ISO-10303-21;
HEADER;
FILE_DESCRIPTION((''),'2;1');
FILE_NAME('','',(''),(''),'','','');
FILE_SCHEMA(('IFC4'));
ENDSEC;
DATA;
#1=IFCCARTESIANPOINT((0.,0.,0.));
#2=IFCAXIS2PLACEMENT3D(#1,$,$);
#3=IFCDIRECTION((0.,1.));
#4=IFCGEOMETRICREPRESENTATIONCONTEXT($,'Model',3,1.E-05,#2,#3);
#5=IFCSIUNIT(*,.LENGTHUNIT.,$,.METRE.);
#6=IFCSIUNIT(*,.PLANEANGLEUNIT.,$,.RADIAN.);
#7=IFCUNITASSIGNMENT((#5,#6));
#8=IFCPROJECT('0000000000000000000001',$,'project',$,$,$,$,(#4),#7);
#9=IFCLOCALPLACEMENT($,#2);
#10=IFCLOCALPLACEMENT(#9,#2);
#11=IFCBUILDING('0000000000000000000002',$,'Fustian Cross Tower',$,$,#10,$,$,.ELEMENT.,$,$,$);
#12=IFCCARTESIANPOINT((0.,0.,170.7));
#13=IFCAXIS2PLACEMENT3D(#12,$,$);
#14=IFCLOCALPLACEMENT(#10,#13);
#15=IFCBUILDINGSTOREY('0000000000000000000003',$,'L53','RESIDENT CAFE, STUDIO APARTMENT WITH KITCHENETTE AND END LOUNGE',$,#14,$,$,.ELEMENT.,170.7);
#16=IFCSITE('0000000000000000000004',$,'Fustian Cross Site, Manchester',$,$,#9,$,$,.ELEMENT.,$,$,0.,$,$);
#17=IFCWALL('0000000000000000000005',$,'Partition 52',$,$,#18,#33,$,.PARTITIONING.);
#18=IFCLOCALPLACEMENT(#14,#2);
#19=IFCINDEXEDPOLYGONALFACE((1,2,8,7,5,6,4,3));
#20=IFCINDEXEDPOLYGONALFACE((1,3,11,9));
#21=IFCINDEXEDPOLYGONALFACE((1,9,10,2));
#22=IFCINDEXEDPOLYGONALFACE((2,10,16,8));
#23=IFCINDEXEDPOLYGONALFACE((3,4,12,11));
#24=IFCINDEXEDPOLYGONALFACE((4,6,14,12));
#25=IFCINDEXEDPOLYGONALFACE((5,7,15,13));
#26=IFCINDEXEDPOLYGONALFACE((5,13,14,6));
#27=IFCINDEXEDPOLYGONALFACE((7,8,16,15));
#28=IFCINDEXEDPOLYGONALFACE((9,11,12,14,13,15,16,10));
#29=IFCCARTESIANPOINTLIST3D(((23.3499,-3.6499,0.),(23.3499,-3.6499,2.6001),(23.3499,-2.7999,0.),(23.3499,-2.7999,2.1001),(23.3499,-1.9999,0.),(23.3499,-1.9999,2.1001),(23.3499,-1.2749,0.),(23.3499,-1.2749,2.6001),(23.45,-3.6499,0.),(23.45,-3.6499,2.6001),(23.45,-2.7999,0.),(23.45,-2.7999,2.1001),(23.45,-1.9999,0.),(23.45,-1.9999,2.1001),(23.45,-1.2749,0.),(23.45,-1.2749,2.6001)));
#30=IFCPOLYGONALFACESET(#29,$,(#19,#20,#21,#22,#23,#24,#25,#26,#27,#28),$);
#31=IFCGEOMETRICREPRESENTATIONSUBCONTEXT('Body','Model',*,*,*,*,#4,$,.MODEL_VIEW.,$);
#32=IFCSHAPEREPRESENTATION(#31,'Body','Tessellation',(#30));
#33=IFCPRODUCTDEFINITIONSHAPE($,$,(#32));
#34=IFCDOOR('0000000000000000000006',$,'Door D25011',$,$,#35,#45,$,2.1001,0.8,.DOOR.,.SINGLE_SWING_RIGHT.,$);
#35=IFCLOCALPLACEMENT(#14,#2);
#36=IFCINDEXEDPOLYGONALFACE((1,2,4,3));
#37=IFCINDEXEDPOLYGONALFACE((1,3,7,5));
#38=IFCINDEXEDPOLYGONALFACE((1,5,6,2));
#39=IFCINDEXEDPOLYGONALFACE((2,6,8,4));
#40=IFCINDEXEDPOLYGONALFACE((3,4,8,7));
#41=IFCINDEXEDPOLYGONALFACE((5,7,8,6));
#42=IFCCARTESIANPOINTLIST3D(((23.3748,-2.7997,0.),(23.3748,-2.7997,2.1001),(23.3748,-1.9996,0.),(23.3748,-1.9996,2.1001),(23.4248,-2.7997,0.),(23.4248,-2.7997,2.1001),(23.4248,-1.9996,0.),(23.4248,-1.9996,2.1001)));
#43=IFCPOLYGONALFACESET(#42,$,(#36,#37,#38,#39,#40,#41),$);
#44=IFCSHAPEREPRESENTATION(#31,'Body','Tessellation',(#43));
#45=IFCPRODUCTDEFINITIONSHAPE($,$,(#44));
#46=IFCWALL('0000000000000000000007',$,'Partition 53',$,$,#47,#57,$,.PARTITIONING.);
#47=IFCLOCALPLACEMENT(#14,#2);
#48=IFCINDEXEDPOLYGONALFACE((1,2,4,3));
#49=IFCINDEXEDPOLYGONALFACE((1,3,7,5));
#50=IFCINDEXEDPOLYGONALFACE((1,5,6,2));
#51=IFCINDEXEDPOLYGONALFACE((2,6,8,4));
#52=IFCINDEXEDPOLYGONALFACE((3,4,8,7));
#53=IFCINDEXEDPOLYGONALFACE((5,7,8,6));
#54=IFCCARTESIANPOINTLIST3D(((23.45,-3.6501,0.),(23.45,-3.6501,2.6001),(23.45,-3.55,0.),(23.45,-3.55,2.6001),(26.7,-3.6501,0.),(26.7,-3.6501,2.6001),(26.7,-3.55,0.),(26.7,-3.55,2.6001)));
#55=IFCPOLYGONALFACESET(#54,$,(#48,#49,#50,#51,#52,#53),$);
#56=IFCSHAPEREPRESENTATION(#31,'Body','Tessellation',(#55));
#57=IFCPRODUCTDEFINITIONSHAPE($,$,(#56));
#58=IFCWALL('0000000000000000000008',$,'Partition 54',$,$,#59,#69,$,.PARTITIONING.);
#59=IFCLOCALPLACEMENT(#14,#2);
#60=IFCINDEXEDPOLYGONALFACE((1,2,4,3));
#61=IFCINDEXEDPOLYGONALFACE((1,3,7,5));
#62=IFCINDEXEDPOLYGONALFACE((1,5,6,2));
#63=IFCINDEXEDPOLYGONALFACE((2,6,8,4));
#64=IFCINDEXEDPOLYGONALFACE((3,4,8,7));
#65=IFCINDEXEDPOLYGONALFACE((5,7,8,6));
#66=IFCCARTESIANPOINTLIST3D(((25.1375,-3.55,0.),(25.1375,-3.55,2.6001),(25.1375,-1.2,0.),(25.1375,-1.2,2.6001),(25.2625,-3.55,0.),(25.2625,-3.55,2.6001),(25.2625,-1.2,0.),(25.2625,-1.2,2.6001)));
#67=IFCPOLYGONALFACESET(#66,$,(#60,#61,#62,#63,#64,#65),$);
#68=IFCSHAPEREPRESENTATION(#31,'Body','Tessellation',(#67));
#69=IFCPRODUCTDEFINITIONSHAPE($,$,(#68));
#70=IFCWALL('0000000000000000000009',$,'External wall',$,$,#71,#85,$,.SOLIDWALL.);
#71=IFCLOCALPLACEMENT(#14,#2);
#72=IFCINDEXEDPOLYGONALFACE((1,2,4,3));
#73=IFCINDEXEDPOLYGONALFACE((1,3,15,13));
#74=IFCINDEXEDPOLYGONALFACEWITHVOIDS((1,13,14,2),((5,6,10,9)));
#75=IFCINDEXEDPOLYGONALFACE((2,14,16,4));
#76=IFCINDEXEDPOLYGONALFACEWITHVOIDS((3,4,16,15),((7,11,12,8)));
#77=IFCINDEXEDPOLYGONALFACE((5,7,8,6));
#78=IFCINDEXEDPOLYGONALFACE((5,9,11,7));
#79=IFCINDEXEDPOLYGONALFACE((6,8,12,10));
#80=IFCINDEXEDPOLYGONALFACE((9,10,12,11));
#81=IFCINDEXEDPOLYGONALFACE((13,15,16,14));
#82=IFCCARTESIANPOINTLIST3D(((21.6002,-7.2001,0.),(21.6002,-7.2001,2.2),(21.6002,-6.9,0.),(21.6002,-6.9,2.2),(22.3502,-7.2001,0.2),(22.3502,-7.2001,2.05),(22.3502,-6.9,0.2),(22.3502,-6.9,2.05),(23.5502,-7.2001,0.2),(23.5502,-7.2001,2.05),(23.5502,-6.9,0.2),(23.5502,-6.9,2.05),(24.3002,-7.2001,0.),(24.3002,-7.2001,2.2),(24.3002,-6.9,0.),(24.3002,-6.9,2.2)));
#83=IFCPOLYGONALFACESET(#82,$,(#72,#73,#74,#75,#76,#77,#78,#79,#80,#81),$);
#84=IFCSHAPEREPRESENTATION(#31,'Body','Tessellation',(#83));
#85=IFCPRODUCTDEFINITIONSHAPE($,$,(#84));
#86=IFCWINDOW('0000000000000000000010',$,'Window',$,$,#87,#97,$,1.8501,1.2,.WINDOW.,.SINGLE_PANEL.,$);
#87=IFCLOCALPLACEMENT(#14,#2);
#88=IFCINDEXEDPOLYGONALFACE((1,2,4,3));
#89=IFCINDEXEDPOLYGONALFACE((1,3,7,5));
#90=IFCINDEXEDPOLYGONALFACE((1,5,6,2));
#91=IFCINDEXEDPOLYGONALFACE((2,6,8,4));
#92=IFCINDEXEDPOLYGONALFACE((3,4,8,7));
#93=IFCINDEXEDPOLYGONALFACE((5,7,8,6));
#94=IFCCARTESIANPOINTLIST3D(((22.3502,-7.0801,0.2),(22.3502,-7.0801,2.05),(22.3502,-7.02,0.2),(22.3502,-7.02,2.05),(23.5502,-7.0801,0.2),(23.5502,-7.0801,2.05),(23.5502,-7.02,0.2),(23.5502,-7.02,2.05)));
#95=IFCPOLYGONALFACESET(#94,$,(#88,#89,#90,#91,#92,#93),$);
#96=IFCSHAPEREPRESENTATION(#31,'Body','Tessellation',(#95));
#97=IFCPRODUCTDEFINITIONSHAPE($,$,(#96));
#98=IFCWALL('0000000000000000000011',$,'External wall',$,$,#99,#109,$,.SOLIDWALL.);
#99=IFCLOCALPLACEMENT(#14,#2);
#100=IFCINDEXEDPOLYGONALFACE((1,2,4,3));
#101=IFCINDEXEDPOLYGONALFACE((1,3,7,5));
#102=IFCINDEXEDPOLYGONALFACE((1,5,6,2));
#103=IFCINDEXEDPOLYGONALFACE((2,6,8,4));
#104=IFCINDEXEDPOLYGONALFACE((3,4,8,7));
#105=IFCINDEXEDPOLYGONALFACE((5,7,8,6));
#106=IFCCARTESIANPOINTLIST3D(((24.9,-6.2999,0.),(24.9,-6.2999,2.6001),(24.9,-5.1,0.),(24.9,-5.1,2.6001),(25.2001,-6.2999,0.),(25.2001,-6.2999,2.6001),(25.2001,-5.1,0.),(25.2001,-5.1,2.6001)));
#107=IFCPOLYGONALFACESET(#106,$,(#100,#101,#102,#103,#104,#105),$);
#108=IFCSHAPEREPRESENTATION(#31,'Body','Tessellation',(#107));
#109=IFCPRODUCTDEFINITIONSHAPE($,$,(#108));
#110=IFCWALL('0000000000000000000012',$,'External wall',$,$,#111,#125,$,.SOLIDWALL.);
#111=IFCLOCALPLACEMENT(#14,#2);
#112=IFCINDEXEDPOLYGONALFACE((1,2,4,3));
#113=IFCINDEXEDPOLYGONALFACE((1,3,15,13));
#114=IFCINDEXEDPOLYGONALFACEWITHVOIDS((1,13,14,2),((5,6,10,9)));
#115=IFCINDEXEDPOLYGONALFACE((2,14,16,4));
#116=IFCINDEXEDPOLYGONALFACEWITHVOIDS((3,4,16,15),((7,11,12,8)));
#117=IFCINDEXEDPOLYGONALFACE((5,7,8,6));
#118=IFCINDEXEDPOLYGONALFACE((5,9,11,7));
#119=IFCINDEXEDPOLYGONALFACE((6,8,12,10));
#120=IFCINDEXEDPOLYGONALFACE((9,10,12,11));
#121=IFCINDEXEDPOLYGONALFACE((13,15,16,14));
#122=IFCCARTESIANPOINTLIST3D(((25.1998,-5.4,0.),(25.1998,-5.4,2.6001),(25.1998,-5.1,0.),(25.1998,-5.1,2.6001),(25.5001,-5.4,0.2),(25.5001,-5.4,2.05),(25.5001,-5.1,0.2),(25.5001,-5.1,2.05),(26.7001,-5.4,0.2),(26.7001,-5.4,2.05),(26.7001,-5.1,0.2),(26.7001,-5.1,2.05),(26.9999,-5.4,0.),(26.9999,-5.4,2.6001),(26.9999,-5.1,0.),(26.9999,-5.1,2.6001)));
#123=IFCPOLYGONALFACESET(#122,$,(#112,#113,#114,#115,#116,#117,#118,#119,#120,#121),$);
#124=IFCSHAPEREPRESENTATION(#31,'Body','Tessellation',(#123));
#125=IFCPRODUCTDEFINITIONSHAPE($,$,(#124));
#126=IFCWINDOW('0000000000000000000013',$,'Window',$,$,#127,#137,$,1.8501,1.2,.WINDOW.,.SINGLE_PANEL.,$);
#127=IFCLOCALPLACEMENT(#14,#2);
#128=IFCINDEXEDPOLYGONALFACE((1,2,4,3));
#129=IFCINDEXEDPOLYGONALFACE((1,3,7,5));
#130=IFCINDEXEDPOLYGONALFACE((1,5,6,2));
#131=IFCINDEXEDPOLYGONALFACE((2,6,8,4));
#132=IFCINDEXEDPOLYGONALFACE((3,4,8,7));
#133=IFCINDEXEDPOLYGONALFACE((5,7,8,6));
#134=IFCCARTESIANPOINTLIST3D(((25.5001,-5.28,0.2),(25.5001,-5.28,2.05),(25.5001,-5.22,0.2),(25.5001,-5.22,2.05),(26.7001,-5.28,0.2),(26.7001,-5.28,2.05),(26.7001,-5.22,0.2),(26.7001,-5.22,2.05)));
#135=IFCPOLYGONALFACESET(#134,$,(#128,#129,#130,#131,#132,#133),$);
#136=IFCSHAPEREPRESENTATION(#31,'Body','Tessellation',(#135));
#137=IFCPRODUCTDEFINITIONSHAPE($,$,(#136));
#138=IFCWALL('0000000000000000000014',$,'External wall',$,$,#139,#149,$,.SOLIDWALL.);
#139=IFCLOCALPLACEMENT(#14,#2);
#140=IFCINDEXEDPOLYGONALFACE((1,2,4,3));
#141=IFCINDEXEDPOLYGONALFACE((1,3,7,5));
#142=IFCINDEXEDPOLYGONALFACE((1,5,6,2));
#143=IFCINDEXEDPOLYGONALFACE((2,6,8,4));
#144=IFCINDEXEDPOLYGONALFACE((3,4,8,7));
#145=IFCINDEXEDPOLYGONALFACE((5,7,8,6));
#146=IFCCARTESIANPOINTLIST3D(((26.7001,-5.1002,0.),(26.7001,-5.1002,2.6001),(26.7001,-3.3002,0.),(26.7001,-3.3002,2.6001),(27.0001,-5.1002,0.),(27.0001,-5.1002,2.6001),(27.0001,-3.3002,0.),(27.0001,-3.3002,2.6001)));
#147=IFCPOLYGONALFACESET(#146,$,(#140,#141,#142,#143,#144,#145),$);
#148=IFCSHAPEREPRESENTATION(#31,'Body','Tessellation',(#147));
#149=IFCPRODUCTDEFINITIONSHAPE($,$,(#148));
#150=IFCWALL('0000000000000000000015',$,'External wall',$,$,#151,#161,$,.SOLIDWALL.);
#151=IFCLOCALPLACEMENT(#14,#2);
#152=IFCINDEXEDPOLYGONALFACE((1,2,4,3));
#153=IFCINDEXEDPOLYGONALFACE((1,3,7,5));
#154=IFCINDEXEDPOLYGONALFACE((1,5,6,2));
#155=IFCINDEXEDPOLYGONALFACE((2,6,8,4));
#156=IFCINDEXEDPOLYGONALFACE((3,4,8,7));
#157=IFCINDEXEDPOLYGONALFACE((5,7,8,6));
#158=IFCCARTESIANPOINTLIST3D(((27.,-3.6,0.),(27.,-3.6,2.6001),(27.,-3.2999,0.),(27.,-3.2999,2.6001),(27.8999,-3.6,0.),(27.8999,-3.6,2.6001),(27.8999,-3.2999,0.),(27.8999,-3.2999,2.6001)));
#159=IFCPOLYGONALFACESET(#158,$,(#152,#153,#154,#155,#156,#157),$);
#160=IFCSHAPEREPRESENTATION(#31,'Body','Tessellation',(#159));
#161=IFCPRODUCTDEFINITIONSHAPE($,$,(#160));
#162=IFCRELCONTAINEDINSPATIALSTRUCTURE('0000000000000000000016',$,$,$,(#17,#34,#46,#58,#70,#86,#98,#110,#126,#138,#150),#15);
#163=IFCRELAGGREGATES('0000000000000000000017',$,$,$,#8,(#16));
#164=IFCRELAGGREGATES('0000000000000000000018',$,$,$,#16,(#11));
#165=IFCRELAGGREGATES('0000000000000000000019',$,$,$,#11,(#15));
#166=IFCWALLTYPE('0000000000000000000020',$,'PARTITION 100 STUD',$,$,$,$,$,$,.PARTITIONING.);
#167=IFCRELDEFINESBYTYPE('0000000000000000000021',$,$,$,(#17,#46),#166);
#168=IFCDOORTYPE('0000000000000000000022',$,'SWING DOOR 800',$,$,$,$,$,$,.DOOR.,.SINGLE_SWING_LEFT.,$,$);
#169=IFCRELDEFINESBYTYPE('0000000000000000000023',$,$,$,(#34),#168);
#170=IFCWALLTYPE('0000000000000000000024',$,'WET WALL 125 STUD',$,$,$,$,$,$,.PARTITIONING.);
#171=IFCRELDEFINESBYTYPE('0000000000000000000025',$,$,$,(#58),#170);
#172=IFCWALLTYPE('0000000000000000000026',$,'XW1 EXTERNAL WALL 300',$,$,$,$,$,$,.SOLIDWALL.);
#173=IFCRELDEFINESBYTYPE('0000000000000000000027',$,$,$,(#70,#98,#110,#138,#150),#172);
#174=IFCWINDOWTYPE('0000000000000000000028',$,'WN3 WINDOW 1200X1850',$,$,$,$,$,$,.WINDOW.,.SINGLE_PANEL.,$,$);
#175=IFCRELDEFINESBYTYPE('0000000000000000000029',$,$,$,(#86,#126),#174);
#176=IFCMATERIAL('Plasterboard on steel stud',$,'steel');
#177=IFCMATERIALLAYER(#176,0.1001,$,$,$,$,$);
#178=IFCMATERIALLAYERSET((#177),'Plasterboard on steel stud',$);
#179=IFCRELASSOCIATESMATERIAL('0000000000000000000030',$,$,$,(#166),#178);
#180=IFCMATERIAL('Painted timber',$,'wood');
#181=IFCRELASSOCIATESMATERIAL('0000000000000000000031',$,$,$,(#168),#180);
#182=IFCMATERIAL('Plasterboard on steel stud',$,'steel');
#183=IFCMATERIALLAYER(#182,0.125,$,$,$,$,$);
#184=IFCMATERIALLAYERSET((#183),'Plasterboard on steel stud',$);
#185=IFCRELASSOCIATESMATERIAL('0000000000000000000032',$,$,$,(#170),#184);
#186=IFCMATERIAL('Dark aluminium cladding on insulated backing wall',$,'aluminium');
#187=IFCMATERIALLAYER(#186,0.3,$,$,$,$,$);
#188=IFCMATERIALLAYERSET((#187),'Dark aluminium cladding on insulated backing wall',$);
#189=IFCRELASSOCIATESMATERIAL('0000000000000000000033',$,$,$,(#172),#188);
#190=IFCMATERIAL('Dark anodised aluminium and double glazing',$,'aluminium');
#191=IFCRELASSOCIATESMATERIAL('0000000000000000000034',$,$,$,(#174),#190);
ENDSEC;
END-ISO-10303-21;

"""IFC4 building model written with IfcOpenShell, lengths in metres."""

from ifc_helpers import new_model, si_unit, direction, frame, frame_2d, origin, place, context, subcontext, project, spatial, rectangle, extrude, material, layer, layer_set, type_object, element, fill, save


model = new_model("IFC4")

# Units and contexts
model_context = context("Model", 3, precision=1e-05, world=origin(), true_north=direction((0.0, 1.0)))
body_context = subcontext(model_context, "Body", "Model", "MODEL_VIEW")
ifc_project = project(units=[si_unit("LENGTHUNIT", "METRE"), si_unit("PLANEANGLEUNIT", "RADIAN")], contexts=[model_context])

# Site, building, storey
site_placement = place(None, origin())
site = spatial("IfcSite", under=ifc_project, at=site_placement, Name="Fustian Cross Site, Manchester", CompositionType="ELEMENT", RefElevation=0.0)
building_placement = place(site_placement, origin())
building = spatial("IfcBuilding", under=site, at=building_placement, Name="Fustian Cross Tower", CompositionType="ELEMENT")
storey_placement = place(building_placement, frame((0.0, 0.0, 170.7)))
storey = spatial("IfcBuildingStorey", under=building, at=storey_placement, Name="L53", Description="RESIDENT CAFE, STUDIO APARTMENT WITH KITCHENETTE AND END LOUNGE", CompositionType="ELEMENT", Elevation=170.7)

# Wall, opening, door
ifc_material_1 = material(Name="Plasterboard on steel stud", Category="steel")
ifc_layer_1 = layer(ifc_material_1, 0.1001)
ifc_layer_set_1 = layer_set([ifc_layer_1], Name="Plasterboard on steel stud")
wall_type_1 = type_object("IfcWallType", Name="PARTITION 100 STUD", PredefinedType="PARTITIONING", material=ifc_layer_set_1)
wall_1_placement = place(storey_placement, frame((23.3999, -3.6499, 0.0), z_axis=(0.0, 0.0, 1.0), x_axis=(0.0, 1.0, 0.0)))
wall_1 = element("IfcWall", 1, at=wall_1_placement, inside=storey, type_object=wall_type_1, Name="Partition 52", PredefinedType="PARTITIONING", context=body_context, shape_type="SweptSolid", body=[
    extrude(rectangle(XDim=2.375, YDim=0.1001, at=frame_2d((1.1875, 0.0))), origin(), (0.0, 0.0, 1.0), 2.6001),
])
opening_1_placement = place(wall_1_placement, frame((0.8501, 0.0, 0.0)))
opening_1 = element("IfcOpeningElement", 2, at=opening_1_placement, cuts=wall_1, PredefinedType="OPENING", context=body_context, shape_type="SweptSolid", body=[
    extrude(rectangle(XDim=0.8, YDim=2.1001, at=frame_2d((0.3999, 1.05))), frame((0.0, 0.0601, 0.0), z_axis=(0.0, -1.0, 0.0), x_axis=(1.0, 0.0, 0.0)), (0.0, 0.0, 1.0), 0.1201),
])
ifc_material_2 = material(Name="Painted timber", Category="wood")
door_type_1 = type_object("IfcDoorType", Name="SWING DOOR 800", OperationType="SINGLE_SWING_LEFT", PredefinedType="DOOR", material=ifc_material_2)
door_1_placement = place(opening_1_placement, frame((0.8, 0.0, 0.0), z_axis=(0.0, 0.0, 1.0), x_axis=(-1.0, 0.0, 0.0)))
door_1 = element("IfcDoor", 3, at=door_1_placement, inside=storey, type_object=door_type_1, Name="Door D25011", OperationType="SINGLE_SWING_RIGHT", OverallHeight=2.1001, OverallWidth=0.8, PredefinedType="DOOR", context=body_context, shape_type="SweptSolid", body=[
    extrude(rectangle(XDim=0.8, YDim=2.1001, at=frame_2d((0.3999, 1.05))), frame((0.0, 0.0249, 0.0), z_axis=(0.0, -1.0, 0.0), x_axis=(1.0, 0.0, 0.0)), (0.0, 0.0, 1.0), 0.05),
])
fill(opening_1, door_1)

# Walls
wall_2_placement = place(storey_placement, frame((23.45, -3.6001, 0.0), z_axis=(0.0, 0.0, 1.0), x_axis=(1.0, 0.0, 0.0)))
element("IfcWall", 4, at=wall_2_placement, inside=storey, type_object=wall_type_1, Name="Partition 53", PredefinedType="PARTITIONING", context=body_context, shape_type="SweptSolid", body=[
    extrude(rectangle(XDim=3.25, YDim=0.1001, at=frame_2d((1.625, 0.0))), origin(), (0.0, 0.0, 1.0), 2.6001),
])
ifc_material_3 = material(Name="Plasterboard on steel stud", Category="steel")
ifc_layer_2 = layer(ifc_material_3, 0.125)
ifc_layer_set_2 = layer_set([ifc_layer_2], Name="Plasterboard on steel stud")
wall_type_2 = type_object("IfcWallType", Name="WET WALL 125 STUD", PredefinedType="PARTITIONING", material=ifc_layer_set_2)
wall_3_placement = place(storey_placement, frame((25.2, -3.55, 0.0), z_axis=(0.0, 0.0, 1.0), x_axis=(0.0, 1.0, 0.0)))
element("IfcWall", 5, at=wall_3_placement, inside=storey, type_object=wall_type_2, Name="Partition 54", PredefinedType="PARTITIONING", context=body_context, shape_type="SweptSolid", body=[
    extrude(rectangle(XDim=2.3501, YDim=0.125, at=frame_2d((1.175, 0.0))), origin(), (0.0, 0.0, 1.0), 2.6001),
])

# Wall, opening, window
ifc_material_4 = material(Name="Dark aluminium cladding on insulated backing wall", Category="aluminium")
ifc_layer_3 = layer(ifc_material_4, 0.3)
ifc_layer_set_3 = layer_set([ifc_layer_3], Name="Dark aluminium cladding on insulated backing wall")
wall_type_3 = type_object("IfcWallType", Name="XW1 EXTERNAL WALL 300", PredefinedType="SOLIDWALL", material=ifc_layer_set_3)
wall_4_placement = place(storey_placement, frame((21.6001, -7.05, 0.0), z_axis=(0.0, 0.0, 1.0), x_axis=(1.0, 0.0, 0.0)))
wall_4 = element("IfcWall", 6, at=wall_4_placement, inside=storey, type_object=wall_type_3, Name="External wall", PredefinedType="SOLIDWALL", context=body_context, shape_type="SweptSolid", body=[
    extrude(rectangle(XDim=2.7, YDim=0.3, at=frame_2d((1.3501, 0.0))), origin(), (0.0, 0.0, 1.0), 2.2),
])
opening_2_placement = place(wall_4_placement, frame((0.75, 0.0, 0.2)))
opening_2 = element("IfcOpeningElement", 7, at=opening_2_placement, cuts=wall_4, PredefinedType="OPENING", context=body_context, shape_type="SweptSolid", body=[
    extrude(rectangle(XDim=1.2, YDim=1.8501, at=frame_2d((0.6001, 0.925))), frame((0.0, 0.1599, 0.0), z_axis=(0.0, -1.0, 0.0), x_axis=(1.0, 0.0, 0.0)), (0.0, 0.0, 1.0), 0.3201),
])
ifc_material_5 = material(Name="Dark anodised aluminium and double glazing", Category="aluminium")
window_type_1 = type_object("IfcWindowType", Name="WN3 WINDOW 1200X1850", PartitioningType="SINGLE_PANEL", PredefinedType="WINDOW", material=ifc_material_5)
window_1_placement = place(opening_2_placement, origin())
window_1 = element("IfcWindow", 8, at=window_1_placement, inside=storey, type_object=window_type_1, Name="Window", OverallHeight=1.8501, OverallWidth=1.2, PartitioningType="SINGLE_PANEL", PredefinedType="WINDOW", context=body_context, shape_type="SweptSolid", body=[
    extrude(rectangle(XDim=1.2, YDim=1.8501, at=frame_2d((0.6001, 0.925))), frame((0.0, 0.03, 0.0), z_axis=(0.0, -1.0, 0.0), x_axis=(1.0, 0.0, 0.0)), (0.0, 0.0, 1.0), 0.0601),
])
fill(opening_2, window_1)

# Wall
wall_5_placement = place(storey_placement, frame((25.05, -6.3, 0.0), z_axis=(0.0, 0.0, 1.0), x_axis=(0.0, 1.0, 0.0)))
element("IfcWall", 9, at=wall_5_placement, inside=storey, type_object=wall_type_3, Name="External wall", PredefinedType="SOLIDWALL", context=body_context, shape_type="SweptSolid", body=[
    extrude(rectangle(XDim=1.2, YDim=0.3, at=frame_2d((0.6001, 0.0))), origin(), (0.0, 0.0, 1.0), 2.6001),
])

# Wall, opening, window
wall_6_placement = place(storey_placement, frame((25.2, -5.25, 0.0), z_axis=(0.0, 0.0, 1.0), x_axis=(1.0, 0.0, 0.0)))
wall_6 = element("IfcWall", 10, at=wall_6_placement, inside=storey, type_object=wall_type_3, Name="External wall", PredefinedType="SOLIDWALL", context=body_context, shape_type="SweptSolid", body=[
    extrude(rectangle(XDim=1.8, YDim=0.3, at=frame_2d((0.8999, 0.0))), origin(), (0.0, 0.0, 1.0), 2.6001),
])
opening_3_placement = place(wall_6_placement, frame((0.3, 0.0, 0.2)))
opening_3 = element("IfcOpeningElement", 11, at=opening_3_placement, cuts=wall_6, PredefinedType="OPENING", context=body_context, shape_type="SweptSolid", body=[
    extrude(rectangle(XDim=1.2, YDim=1.8501, at=frame_2d((0.6001, 0.925))), frame((0.0, 0.1599, 0.0), z_axis=(0.0, -1.0, 0.0), x_axis=(1.0, 0.0, 0.0)), (0.0, 0.0, 1.0), 0.3201),
])
window_2_placement = place(opening_3_placement, origin())
window_2 = element("IfcWindow", 12, at=window_2_placement, inside=storey, type_object=window_type_1, Name="Window", OverallHeight=1.8501, OverallWidth=1.2, PartitioningType="SINGLE_PANEL", PredefinedType="WINDOW", context=body_context, shape_type="SweptSolid", body=[
    extrude(rectangle(XDim=1.2, YDim=1.8501, at=frame_2d((0.6001, 0.925))), frame((0.0, 0.03, 0.0), z_axis=(0.0, -1.0, 0.0), x_axis=(1.0, 0.0, 0.0)), (0.0, 0.0, 1.0), 0.0601),
])
fill(opening_3, window_2)

# Walls
wall_7_placement = place(storey_placement, frame((26.8501, -5.1001, 0.0), z_axis=(0.0, 0.0, 1.0), x_axis=(0.0, 1.0, 0.0)))
element("IfcWall", 13, at=wall_7_placement, inside=storey, type_object=wall_type_3, Name="External wall", PredefinedType="SOLIDWALL", context=body_context, shape_type="SweptSolid", body=[
    extrude(rectangle(XDim=1.8, YDim=0.3, at=frame_2d((0.8999, 0.0))), origin(), (0.0, 0.0, 1.0), 2.6001),
])
wall_8_placement = place(storey_placement, frame((27.0, -3.45, 0.0), z_axis=(0.0, 0.0, 1.0), x_axis=(1.0, 0.0, 0.0)))
element("IfcWall", 14, at=wall_8_placement, inside=storey, type_object=wall_type_3, Name="External wall", PredefinedType="SOLIDWALL", context=body_context, shape_type="SweptSolid", body=[
    extrude(rectangle(XDim=0.8999, YDim=0.3, at=frame_2d((0.45, 0.0))), origin(), (0.0, 0.0, 1.0), 2.6001),
])

save(model, "model.ifc")
